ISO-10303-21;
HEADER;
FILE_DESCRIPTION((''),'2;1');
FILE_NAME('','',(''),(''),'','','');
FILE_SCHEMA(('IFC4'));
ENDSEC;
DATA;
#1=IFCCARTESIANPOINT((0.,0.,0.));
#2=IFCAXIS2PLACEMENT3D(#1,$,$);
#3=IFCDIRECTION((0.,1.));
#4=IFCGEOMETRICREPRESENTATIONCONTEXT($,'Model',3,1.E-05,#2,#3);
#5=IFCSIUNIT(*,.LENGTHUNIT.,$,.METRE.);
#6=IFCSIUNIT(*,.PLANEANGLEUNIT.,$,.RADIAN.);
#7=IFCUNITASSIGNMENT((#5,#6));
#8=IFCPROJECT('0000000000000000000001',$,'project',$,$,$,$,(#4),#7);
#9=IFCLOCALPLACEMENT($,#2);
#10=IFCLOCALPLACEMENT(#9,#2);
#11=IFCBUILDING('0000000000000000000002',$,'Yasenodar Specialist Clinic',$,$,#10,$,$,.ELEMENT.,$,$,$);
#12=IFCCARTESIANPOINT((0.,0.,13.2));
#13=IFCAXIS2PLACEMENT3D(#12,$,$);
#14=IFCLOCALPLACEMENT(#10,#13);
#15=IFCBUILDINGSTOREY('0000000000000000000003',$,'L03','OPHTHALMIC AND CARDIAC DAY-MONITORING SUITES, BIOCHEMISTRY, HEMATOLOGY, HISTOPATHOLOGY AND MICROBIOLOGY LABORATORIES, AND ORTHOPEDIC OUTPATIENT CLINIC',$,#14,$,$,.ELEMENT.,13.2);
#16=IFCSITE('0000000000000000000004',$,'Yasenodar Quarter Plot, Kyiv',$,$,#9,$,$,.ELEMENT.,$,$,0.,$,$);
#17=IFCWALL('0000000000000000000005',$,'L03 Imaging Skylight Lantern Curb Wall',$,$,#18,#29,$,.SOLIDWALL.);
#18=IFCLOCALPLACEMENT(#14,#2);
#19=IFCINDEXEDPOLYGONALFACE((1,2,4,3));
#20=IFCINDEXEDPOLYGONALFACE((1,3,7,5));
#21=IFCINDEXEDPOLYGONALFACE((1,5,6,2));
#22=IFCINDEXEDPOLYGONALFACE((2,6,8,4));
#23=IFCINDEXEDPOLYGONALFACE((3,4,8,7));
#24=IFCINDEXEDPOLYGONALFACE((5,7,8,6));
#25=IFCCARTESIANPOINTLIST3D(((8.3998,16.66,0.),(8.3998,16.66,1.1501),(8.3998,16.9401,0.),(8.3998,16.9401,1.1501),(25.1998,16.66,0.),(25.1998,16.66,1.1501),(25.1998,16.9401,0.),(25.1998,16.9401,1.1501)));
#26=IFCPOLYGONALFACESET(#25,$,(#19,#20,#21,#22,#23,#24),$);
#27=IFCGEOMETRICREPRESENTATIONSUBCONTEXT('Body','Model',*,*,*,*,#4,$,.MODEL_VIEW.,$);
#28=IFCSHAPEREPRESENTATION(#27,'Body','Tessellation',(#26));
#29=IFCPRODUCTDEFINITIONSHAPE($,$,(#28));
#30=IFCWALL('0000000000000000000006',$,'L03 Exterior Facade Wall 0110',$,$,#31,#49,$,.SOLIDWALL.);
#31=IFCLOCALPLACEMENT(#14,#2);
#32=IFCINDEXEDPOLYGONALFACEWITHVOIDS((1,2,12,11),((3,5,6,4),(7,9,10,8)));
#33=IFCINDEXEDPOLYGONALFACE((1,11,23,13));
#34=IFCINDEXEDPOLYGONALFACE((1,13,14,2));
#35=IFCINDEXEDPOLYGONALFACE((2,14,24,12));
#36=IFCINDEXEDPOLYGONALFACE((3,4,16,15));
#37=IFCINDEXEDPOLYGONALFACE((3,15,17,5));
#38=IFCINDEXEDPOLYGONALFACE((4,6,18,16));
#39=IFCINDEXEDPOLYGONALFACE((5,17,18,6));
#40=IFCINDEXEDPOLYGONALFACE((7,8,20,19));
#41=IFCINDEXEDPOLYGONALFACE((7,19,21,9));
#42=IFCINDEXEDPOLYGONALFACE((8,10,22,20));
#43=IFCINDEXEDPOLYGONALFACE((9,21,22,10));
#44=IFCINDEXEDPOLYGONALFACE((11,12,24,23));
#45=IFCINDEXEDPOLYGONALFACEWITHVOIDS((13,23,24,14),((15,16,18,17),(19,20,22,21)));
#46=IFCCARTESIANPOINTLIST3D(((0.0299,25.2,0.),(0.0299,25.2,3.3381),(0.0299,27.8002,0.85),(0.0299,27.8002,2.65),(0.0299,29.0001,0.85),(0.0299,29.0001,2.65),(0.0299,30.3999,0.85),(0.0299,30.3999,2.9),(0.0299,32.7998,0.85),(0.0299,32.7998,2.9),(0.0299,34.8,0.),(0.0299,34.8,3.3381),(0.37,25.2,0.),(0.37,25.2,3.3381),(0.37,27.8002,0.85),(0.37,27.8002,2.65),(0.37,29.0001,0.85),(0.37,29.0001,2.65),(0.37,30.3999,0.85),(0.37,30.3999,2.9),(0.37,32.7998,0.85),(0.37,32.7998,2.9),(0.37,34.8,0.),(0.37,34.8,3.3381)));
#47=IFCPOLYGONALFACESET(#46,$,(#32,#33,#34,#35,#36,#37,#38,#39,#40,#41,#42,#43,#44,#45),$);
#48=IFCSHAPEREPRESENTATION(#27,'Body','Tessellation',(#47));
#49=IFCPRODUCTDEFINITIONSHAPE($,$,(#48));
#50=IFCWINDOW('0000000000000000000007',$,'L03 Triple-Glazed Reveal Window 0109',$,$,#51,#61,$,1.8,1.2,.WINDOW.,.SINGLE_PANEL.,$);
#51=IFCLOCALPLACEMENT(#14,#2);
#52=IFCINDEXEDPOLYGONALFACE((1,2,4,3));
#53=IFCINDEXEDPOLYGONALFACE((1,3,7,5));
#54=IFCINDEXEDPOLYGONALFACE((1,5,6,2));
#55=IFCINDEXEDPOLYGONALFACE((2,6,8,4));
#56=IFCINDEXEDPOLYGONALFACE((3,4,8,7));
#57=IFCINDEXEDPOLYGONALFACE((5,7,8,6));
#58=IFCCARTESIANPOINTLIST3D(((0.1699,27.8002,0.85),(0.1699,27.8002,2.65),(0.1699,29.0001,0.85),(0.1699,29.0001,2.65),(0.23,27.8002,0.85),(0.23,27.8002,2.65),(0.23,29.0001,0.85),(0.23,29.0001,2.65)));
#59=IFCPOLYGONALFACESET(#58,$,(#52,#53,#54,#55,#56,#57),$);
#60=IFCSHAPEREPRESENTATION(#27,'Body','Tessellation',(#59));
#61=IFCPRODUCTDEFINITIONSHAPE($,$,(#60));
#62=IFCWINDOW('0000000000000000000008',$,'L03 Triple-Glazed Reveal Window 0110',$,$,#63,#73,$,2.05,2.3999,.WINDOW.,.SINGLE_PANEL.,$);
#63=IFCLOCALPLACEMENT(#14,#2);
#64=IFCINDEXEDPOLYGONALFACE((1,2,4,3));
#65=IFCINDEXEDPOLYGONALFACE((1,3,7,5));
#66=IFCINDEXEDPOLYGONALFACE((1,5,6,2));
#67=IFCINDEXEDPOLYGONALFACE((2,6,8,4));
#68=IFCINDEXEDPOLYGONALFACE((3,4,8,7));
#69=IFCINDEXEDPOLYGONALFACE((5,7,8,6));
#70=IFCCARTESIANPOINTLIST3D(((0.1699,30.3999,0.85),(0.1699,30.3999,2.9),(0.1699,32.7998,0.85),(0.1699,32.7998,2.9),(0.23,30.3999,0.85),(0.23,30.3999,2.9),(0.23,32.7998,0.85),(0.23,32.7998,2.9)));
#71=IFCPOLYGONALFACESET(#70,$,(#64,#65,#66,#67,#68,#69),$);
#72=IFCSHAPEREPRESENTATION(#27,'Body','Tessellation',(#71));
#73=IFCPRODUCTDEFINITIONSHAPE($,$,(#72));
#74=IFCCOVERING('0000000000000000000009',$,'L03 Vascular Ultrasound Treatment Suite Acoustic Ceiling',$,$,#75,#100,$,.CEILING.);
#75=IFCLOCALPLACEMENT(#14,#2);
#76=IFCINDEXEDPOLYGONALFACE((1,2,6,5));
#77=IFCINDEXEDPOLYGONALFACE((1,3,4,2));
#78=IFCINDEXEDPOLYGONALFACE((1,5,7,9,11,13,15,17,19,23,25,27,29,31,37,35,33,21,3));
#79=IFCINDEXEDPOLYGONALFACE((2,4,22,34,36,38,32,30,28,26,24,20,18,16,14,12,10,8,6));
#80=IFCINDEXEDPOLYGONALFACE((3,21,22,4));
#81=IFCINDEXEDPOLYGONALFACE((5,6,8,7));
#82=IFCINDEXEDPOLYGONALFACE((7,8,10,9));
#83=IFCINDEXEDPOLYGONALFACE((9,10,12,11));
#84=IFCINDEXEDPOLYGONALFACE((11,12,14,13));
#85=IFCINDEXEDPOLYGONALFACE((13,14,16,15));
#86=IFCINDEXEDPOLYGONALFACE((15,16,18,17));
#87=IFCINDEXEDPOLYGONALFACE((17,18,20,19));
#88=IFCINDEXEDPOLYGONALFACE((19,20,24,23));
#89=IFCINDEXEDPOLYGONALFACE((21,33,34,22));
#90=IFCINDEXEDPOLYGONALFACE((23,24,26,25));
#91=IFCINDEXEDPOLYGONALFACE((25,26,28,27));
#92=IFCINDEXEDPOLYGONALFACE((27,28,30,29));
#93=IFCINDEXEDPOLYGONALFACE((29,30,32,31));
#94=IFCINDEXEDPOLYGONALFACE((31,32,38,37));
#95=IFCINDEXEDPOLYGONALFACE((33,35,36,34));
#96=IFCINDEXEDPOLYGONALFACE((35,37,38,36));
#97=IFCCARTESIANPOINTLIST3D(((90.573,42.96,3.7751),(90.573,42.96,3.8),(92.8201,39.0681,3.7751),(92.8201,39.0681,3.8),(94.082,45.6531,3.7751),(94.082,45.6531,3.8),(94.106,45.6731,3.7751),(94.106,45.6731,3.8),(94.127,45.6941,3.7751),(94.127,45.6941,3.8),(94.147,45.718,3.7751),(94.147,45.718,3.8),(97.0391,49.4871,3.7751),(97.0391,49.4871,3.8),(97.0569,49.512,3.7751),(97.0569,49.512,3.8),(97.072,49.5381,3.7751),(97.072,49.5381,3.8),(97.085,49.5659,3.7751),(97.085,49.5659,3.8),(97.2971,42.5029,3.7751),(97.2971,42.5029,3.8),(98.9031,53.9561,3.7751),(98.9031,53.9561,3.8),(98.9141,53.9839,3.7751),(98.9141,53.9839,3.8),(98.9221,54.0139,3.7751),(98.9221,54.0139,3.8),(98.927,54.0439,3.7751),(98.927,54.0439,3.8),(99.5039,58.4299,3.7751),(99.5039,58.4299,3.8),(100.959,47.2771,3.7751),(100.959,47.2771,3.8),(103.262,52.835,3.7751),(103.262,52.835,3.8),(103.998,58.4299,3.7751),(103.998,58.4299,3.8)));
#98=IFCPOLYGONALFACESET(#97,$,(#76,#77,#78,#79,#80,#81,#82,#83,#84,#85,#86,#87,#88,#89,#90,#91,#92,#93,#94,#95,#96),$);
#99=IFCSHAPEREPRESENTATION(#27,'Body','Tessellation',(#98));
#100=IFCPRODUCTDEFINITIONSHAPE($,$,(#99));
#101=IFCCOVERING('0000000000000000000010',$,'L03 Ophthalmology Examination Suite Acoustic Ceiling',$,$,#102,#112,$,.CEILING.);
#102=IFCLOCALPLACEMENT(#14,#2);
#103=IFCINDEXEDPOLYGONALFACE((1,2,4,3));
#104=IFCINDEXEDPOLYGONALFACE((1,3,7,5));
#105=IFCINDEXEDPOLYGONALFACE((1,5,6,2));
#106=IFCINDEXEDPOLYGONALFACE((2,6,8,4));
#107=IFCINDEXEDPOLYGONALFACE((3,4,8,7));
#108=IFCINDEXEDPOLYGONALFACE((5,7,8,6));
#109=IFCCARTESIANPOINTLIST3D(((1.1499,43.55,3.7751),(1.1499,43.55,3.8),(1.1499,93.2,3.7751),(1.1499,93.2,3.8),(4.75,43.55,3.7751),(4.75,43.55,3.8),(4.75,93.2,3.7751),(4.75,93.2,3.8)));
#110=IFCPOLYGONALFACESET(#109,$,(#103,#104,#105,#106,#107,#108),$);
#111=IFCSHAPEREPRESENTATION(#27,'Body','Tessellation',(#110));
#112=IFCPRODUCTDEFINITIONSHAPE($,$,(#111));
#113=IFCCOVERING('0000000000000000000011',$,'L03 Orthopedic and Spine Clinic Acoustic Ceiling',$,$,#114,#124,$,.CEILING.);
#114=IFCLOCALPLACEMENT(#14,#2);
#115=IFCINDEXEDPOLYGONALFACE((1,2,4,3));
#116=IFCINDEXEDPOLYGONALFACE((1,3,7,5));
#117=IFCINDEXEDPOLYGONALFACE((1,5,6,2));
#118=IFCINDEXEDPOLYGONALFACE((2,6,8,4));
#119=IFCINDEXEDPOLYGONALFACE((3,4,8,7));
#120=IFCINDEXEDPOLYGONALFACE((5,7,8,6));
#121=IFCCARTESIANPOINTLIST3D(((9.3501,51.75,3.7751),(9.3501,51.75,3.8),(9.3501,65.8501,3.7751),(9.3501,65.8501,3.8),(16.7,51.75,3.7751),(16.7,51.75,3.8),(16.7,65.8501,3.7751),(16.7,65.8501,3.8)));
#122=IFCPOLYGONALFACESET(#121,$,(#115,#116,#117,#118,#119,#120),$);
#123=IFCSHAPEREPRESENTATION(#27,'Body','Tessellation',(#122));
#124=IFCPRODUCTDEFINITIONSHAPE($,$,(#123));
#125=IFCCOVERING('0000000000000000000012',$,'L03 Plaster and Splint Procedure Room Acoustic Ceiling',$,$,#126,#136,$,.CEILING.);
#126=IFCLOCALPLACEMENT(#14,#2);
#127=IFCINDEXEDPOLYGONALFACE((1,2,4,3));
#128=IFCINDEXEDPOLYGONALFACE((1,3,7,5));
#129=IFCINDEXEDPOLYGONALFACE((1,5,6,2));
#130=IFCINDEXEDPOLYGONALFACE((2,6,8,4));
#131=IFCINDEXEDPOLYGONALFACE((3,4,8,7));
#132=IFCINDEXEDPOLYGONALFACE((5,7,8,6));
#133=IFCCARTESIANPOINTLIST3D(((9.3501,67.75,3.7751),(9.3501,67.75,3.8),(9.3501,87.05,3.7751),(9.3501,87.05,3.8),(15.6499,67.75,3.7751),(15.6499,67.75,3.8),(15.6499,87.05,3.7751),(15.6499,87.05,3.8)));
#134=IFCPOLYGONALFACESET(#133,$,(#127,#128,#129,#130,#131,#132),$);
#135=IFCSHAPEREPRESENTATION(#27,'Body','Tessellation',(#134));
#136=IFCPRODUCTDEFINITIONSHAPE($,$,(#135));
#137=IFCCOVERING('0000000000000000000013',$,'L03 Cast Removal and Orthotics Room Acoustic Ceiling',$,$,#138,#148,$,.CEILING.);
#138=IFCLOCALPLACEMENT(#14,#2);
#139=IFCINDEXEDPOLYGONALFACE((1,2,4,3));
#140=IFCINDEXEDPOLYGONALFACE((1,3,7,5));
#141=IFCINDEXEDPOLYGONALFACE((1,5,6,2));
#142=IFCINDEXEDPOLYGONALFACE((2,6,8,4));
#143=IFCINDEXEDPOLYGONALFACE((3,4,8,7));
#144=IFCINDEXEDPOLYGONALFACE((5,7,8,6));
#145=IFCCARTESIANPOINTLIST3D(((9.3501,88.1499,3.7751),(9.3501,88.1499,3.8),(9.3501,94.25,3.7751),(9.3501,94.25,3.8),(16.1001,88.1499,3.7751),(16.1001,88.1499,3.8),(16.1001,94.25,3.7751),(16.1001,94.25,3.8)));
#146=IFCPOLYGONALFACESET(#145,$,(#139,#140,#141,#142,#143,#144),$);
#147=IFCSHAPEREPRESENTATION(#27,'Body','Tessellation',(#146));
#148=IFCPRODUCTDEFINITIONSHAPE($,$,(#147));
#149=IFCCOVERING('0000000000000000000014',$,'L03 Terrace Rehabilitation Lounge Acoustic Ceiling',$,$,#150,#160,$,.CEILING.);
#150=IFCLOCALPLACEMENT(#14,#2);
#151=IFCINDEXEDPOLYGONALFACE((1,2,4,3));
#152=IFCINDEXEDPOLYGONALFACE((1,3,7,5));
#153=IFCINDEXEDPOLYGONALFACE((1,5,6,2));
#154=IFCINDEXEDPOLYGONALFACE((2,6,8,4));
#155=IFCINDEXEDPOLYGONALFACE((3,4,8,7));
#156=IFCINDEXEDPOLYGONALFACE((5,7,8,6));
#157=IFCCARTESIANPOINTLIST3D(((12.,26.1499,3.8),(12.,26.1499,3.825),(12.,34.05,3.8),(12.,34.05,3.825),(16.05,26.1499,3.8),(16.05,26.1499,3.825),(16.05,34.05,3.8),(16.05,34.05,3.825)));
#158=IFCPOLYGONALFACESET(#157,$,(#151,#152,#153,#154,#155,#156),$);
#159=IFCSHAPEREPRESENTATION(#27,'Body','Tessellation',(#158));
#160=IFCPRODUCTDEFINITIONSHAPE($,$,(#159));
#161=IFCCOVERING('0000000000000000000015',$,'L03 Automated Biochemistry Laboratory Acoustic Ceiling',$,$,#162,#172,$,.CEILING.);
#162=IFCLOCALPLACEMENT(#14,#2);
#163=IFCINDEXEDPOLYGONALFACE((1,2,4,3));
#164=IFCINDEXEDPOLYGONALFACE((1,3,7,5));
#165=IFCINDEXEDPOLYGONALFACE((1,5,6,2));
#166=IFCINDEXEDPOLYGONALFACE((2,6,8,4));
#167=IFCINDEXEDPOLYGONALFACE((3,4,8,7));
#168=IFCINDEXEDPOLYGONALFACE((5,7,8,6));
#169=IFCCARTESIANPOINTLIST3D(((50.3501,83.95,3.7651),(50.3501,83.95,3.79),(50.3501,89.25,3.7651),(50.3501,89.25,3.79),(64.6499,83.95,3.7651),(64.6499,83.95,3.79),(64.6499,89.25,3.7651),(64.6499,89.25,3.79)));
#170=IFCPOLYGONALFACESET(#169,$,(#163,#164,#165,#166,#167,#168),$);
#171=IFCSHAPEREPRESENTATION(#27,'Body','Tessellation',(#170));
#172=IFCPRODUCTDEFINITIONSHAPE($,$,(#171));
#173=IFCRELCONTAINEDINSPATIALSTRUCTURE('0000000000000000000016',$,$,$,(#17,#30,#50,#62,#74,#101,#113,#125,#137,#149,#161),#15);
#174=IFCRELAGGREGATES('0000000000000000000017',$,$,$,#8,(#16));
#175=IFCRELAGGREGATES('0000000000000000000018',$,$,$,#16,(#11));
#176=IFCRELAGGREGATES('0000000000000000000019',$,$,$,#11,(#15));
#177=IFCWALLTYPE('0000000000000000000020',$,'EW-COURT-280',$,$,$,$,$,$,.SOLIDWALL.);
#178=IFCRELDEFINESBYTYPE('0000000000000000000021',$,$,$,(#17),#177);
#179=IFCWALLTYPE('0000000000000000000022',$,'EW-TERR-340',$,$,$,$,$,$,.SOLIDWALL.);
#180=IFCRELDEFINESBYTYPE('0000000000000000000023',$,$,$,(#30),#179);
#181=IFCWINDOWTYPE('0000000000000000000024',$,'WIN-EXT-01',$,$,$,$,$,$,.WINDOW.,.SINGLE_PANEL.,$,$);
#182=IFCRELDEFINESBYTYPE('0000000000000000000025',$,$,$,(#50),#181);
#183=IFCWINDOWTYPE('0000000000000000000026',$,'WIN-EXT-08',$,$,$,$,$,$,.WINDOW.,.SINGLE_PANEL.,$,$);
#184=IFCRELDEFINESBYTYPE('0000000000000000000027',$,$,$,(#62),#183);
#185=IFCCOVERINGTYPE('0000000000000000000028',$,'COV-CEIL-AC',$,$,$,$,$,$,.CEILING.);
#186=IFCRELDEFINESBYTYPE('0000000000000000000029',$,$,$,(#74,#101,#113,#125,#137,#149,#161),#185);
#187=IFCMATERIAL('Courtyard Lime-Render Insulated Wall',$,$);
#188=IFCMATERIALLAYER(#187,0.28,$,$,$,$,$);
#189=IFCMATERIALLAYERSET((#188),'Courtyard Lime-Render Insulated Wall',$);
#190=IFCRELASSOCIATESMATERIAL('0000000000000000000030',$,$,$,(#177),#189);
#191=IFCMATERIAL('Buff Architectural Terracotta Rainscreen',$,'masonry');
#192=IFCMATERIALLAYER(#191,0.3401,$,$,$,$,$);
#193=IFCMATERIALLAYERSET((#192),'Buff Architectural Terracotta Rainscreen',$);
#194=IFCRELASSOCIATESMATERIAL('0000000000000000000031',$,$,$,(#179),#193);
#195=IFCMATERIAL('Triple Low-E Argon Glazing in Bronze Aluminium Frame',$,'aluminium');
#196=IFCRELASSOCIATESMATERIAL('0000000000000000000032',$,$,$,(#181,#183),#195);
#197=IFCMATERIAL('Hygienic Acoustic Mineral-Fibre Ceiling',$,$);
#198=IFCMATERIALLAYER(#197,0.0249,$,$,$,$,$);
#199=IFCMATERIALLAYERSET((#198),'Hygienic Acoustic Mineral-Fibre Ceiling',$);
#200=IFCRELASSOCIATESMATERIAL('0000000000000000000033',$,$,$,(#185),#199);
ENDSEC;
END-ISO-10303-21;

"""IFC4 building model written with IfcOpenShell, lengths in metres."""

from ifc_helpers import new_model, si_unit, direction, frame, frame_2d, origin, place, context, subcontext, project, spatial, polyline, rectangle, outline, extrude, material, layer, layer_set, type_object, element, fill, save


model = new_model("IFC4")

# Units and contexts
model_context = context("Model", 3, precision=1e-05, world=origin(), true_north=direction((0.0, 1.0)))
body_context = subcontext(model_context, "Body", "Model", "MODEL_VIEW")
ifc_project = project(units=[si_unit("LENGTHUNIT", "METRE"), si_unit("PLANEANGLEUNIT", "RADIAN")], contexts=[model_context])

# Site, building, storey
site_placement = place(None, origin())
site = spatial("IfcSite", under=ifc_project, at=site_placement, Name="Yasenodar Quarter Plot, Kyiv", CompositionType="ELEMENT", RefElevation=0.0)
building_placement = place(site_placement, origin())
building = spatial("IfcBuilding", under=site, at=building_placement, Name="Yasenodar Specialist Clinic", CompositionType="ELEMENT")
storey_placement = place(building_placement, frame((0.0, 0.0, 13.2)))
storey = spatial("IfcBuildingStorey", under=building, at=storey_placement, Name="L03", Description="OPHTHALMIC AND CARDIAC DAY-MONITORING SUITES, BIOCHEMISTRY, HEMATOLOGY, HISTOPATHOLOGY AND MICROBIOLOGY LABORATORIES, AND ORTHOPEDIC OUTPATIENT CLINIC", CompositionType="ELEMENT", Elevation=13.2)

# Wall
ifc_material_1 = material(Name="Courtyard Lime-Render Insulated Wall")
ifc_layer_1 = layer(ifc_material_1, 0.28)
ifc_layer_set_1 = layer_set([ifc_layer_1], Name="Courtyard Lime-Render Insulated Wall")
wall_type_1 = type_object("IfcWallType", Name="EW-COURT-280", PredefinedType="SOLIDWALL", material=ifc_layer_set_1)
wall_1_placement = place(storey_placement, frame((8.3999, 16.8, 0.0), z_axis=(0.0, 0.0, 1.0), x_axis=(1.0, 0.0, 0.0)))
element("IfcWall", 1, at=wall_1_placement, inside=storey, type_object=wall_type_1, Name="L03 Imaging Skylight Lantern Curb Wall", PredefinedType="SOLIDWALL", context=body_context, shape_type="SweptSolid", body=[
    extrude(rectangle(XDim=16.8, YDim=0.28, at=frame_2d((8.3999, 0.0))), origin(), (0.0, 0.0, 1.0), 1.1501),
])

# Wall, openings, windows
ifc_material_2 = material(Name="Buff Architectural Terracotta Rainscreen", Category="masonry")
ifc_layer_2 = layer(ifc_material_2, 0.3401)
ifc_layer_set_2 = layer_set([ifc_layer_2], Name="Buff Architectural Terracotta Rainscreen")
wall_type_2 = type_object("IfcWallType", Name="EW-TERR-340", PredefinedType="SOLIDWALL", material=ifc_layer_set_2)
wall_2_placement = place(storey_placement, frame((0.2, 25.2, 0.0), z_axis=(0.0, 0.0, 1.0), x_axis=(0.0, 1.0, 0.0)))
wall_2 = element("IfcWall", 2, at=wall_2_placement, inside=storey, type_object=wall_type_2, Name="L03 Exterior Facade Wall 0110", PredefinedType="SOLIDWALL", context=body_context, shape_type="SweptSolid", body=[
    extrude(rectangle(XDim=9.6001, YDim=0.3401, at=frame_2d((4.8, 0.0))), origin(), (0.0, 0.0, 1.0), 3.3381),
])
opening_1_placement = place(wall_2_placement, frame((2.6001, 0.0, 0.8501)))
opening_1 = element("IfcOpeningElement", 3, at=opening_1_placement, cuts=wall_2, PredefinedType="OPENING", context=body_context, shape_type="SweptSolid", body=[
    extrude(rectangle(XDim=1.2, YDim=1.8, at=frame_2d((0.6001, 0.8999))), frame((0.0, 0.1802, 0.0), z_axis=(0.0, -1.0, 0.0), x_axis=(1.0, 0.0, 0.0)), (0.0, 0.0, 1.0), 0.3601),
])
opening_2_placement = place(wall_2_placement, frame((5.2, 0.0, 0.8501)))
opening_2 = element("IfcOpeningElement", 4, at=opening_2_placement, cuts=wall_2, PredefinedType="OPENING", context=body_context, shape_type="SweptSolid", body=[
    extrude(rectangle(XDim=2.3999, YDim=2.05, at=frame_2d((1.2, 1.0249))), frame((0.0, 0.1802, 0.0), z_axis=(0.0, -1.0, 0.0), x_axis=(1.0, 0.0, 0.0)), (0.0, 0.0, 1.0), 0.3601),
])
ifc_material_3 = material(Name="Triple Low-E Argon Glazing in Bronze Aluminium Frame", Category="aluminium")
window_type_1 = type_object("IfcWindowType", Name="WIN-EXT-01", PartitioningType="SINGLE_PANEL", PredefinedType="WINDOW", material=ifc_material_3)
window_1_placement = place(opening_1_placement, origin())
window_1 = element("IfcWindow", 5, at=window_1_placement, inside=storey, type_object=window_type_1, Name="L03 Triple-Glazed Reveal Window 0109", OverallHeight=1.8, OverallWidth=1.2, PartitioningType="SINGLE_PANEL", PredefinedType="WINDOW", context=body_context, shape_type="SweptSolid", body=[
    extrude(rectangle(XDim=1.2, YDim=1.8, at=frame_2d((0.6001, 0.8999))), frame((0.0, 0.03, 0.0), z_axis=(0.0, -1.0, 0.0), x_axis=(1.0, 0.0, 0.0)), (0.0, 0.0, 1.0), 0.0601),
])
fill(opening_1, window_1)
window_type_2 = type_object("IfcWindowType", Name="WIN-EXT-08", PartitioningType="SINGLE_PANEL", PredefinedType="WINDOW", material=ifc_material_3)
window_2_placement = place(opening_2_placement, origin())
window_2 = element("IfcWindow", 6, at=window_2_placement, inside=storey, type_object=window_type_2, Name="L03 Triple-Glazed Reveal Window 0110", OverallHeight=2.05, OverallWidth=2.3999, PartitioningType="SINGLE_PANEL", PredefinedType="WINDOW", context=body_context, shape_type="SweptSolid", body=[
    extrude(rectangle(XDim=2.3999, YDim=2.05, at=frame_2d((1.2, 1.0249))), frame((0.0, 0.03, 0.0), z_axis=(0.0, -1.0, 0.0), x_axis=(1.0, 0.0, 0.0)), (0.0, 0.0, 1.0), 0.0601),
])
fill(opening_2, window_2)

# Coverings
ifc_material_4 = material(Name="Hygienic Acoustic Mineral-Fibre Ceiling")
ifc_layer_3 = layer(ifc_material_4, 0.0249)
ifc_layer_set_3 = layer_set([ifc_layer_3], Name="Hygienic Acoustic Mineral-Fibre Ceiling")
covering_type_1 = type_object("IfcCoveringType", Name="COV-CEIL-AC", PredefinedType="CEILING", material=ifc_layer_set_3)
covering_1_placement = place(storey_placement, frame((0.0, 0.0, 3.7751)))
element("IfcCovering", 7, at=covering_1_placement, inside=storey, type_object=covering_type_1, Name="L03 Vascular Ultrasound Treatment Suite Acoustic Ceiling", PredefinedType="CEILING", context=body_context, shape_type="SweptSolid", body=[
    extrude(outline(polyline([(97.2971, 42.5029), (92.8201, 39.0681), (90.573, 42.96), (94.082, 45.6531), (94.106, 45.6731), (94.127, 45.6941), (94.147, 45.718), (97.0391, 49.4871), (97.0569, 49.512), (97.072, 49.5381), (97.085, 49.5659), (98.9031, 53.9561), (98.9141, 53.9839), (98.9221, 54.0139), (98.927, 54.0439), (99.5039, 58.4299), (103.998, 58.4299), (103.262, 52.835), (100.959, 47.2771), (97.2971, 42.5029)])), origin(), (0.0, 0.0, 1.0), 0.0249),
])
covering_2_placement = place(storey_placement, frame((0.0, 0.0, 3.7751)))
element("IfcCovering", 8, at=covering_2_placement, inside=storey, type_object=covering_type_1, Name="L03 Ophthalmology Examination Suite Acoustic Ceiling", PredefinedType="CEILING", context=body_context, shape_type="SweptSolid", body=[
    extrude(outline(polyline([(4.75, 93.2), (4.75, 43.55), (1.1499, 43.55), (1.1499, 93.2), (4.75, 93.2)])), origin(), (0.0, 0.0, 1.0), 0.0249),
])
covering_3_placement = place(storey_placement, frame((0.0, 0.0, 3.7751)))
element("IfcCovering", 9, at=covering_3_placement, inside=storey, type_object=covering_type_1, Name="L03 Orthopedic and Spine Clinic Acoustic Ceiling", PredefinedType="CEILING", context=body_context, shape_type="SweptSolid", body=[
    extrude(outline(polyline([(9.3501, 51.75), (9.3501, 65.8501), (16.7, 65.8501), (16.7, 51.75), (9.3501, 51.75)])), origin(), (0.0, 0.0, 1.0), 0.0249),
])
covering_4_placement = place(storey_placement, frame((0.0, 0.0, 3.7751)))
element("IfcCovering", 10, at=covering_4_placement, inside=storey, type_object=covering_type_1, Name="L03 Plaster and Splint Procedure Room Acoustic Ceiling", PredefinedType="CEILING", context=body_context, shape_type="SweptSolid", body=[
    extrude(outline(polyline([(15.6499, 67.75), (9.3501, 67.75), (9.3501, 87.05), (15.6499, 87.05), (15.6499, 67.75)])), origin(), (0.0, 0.0, 1.0), 0.0249),
])
covering_5_placement = place(storey_placement, frame((0.0, 0.0, 3.7751)))
element("IfcCovering", 11, at=covering_5_placement, inside=storey, type_object=covering_type_1, Name="L03 Cast Removal and Orthotics Room Acoustic Ceiling", PredefinedType="CEILING", context=body_context, shape_type="SweptSolid", body=[
    extrude(outline(polyline([(16.1001, 94.25), (16.1001, 88.1499), (9.3501, 88.1499), (9.3501, 94.25), (16.1001, 94.25)])), origin(), (0.0, 0.0, 1.0), 0.0249),
])
covering_6_placement = place(storey_placement, frame((0.0, 0.0, 3.8)))
element("IfcCovering", 12, at=covering_6_placement, inside=storey, type_object=covering_type_1, Name="L03 Terrace Rehabilitation Lounge Acoustic Ceiling", PredefinedType="CEILING", context=body_context, shape_type="SweptSolid", body=[
    extrude(outline(polyline([(16.05, 26.1499), (12.0, 26.1499), (12.0, 34.05), (16.05, 34.05), (16.05, 26.1499)])), origin(), (0.0, 0.0, 1.0), 0.0249),
])
covering_7_placement = place(storey_placement, frame((0.0, 0.0, 3.7651)))
element("IfcCovering", 13, at=covering_7_placement, inside=storey, type_object=covering_type_1, Name="L03 Automated Biochemistry Laboratory Acoustic Ceiling", PredefinedType="CEILING", context=body_context, shape_type="SweptSolid", body=[
    extrude(outline(polyline([(64.6499, 83.95), (50.3501, 83.95), (50.3501, 89.25), (64.6499, 89.25), (64.6499, 83.95)])), origin(), (0.0, 0.0, 1.0), 0.0249),
])

save(model, "model.ifc")
